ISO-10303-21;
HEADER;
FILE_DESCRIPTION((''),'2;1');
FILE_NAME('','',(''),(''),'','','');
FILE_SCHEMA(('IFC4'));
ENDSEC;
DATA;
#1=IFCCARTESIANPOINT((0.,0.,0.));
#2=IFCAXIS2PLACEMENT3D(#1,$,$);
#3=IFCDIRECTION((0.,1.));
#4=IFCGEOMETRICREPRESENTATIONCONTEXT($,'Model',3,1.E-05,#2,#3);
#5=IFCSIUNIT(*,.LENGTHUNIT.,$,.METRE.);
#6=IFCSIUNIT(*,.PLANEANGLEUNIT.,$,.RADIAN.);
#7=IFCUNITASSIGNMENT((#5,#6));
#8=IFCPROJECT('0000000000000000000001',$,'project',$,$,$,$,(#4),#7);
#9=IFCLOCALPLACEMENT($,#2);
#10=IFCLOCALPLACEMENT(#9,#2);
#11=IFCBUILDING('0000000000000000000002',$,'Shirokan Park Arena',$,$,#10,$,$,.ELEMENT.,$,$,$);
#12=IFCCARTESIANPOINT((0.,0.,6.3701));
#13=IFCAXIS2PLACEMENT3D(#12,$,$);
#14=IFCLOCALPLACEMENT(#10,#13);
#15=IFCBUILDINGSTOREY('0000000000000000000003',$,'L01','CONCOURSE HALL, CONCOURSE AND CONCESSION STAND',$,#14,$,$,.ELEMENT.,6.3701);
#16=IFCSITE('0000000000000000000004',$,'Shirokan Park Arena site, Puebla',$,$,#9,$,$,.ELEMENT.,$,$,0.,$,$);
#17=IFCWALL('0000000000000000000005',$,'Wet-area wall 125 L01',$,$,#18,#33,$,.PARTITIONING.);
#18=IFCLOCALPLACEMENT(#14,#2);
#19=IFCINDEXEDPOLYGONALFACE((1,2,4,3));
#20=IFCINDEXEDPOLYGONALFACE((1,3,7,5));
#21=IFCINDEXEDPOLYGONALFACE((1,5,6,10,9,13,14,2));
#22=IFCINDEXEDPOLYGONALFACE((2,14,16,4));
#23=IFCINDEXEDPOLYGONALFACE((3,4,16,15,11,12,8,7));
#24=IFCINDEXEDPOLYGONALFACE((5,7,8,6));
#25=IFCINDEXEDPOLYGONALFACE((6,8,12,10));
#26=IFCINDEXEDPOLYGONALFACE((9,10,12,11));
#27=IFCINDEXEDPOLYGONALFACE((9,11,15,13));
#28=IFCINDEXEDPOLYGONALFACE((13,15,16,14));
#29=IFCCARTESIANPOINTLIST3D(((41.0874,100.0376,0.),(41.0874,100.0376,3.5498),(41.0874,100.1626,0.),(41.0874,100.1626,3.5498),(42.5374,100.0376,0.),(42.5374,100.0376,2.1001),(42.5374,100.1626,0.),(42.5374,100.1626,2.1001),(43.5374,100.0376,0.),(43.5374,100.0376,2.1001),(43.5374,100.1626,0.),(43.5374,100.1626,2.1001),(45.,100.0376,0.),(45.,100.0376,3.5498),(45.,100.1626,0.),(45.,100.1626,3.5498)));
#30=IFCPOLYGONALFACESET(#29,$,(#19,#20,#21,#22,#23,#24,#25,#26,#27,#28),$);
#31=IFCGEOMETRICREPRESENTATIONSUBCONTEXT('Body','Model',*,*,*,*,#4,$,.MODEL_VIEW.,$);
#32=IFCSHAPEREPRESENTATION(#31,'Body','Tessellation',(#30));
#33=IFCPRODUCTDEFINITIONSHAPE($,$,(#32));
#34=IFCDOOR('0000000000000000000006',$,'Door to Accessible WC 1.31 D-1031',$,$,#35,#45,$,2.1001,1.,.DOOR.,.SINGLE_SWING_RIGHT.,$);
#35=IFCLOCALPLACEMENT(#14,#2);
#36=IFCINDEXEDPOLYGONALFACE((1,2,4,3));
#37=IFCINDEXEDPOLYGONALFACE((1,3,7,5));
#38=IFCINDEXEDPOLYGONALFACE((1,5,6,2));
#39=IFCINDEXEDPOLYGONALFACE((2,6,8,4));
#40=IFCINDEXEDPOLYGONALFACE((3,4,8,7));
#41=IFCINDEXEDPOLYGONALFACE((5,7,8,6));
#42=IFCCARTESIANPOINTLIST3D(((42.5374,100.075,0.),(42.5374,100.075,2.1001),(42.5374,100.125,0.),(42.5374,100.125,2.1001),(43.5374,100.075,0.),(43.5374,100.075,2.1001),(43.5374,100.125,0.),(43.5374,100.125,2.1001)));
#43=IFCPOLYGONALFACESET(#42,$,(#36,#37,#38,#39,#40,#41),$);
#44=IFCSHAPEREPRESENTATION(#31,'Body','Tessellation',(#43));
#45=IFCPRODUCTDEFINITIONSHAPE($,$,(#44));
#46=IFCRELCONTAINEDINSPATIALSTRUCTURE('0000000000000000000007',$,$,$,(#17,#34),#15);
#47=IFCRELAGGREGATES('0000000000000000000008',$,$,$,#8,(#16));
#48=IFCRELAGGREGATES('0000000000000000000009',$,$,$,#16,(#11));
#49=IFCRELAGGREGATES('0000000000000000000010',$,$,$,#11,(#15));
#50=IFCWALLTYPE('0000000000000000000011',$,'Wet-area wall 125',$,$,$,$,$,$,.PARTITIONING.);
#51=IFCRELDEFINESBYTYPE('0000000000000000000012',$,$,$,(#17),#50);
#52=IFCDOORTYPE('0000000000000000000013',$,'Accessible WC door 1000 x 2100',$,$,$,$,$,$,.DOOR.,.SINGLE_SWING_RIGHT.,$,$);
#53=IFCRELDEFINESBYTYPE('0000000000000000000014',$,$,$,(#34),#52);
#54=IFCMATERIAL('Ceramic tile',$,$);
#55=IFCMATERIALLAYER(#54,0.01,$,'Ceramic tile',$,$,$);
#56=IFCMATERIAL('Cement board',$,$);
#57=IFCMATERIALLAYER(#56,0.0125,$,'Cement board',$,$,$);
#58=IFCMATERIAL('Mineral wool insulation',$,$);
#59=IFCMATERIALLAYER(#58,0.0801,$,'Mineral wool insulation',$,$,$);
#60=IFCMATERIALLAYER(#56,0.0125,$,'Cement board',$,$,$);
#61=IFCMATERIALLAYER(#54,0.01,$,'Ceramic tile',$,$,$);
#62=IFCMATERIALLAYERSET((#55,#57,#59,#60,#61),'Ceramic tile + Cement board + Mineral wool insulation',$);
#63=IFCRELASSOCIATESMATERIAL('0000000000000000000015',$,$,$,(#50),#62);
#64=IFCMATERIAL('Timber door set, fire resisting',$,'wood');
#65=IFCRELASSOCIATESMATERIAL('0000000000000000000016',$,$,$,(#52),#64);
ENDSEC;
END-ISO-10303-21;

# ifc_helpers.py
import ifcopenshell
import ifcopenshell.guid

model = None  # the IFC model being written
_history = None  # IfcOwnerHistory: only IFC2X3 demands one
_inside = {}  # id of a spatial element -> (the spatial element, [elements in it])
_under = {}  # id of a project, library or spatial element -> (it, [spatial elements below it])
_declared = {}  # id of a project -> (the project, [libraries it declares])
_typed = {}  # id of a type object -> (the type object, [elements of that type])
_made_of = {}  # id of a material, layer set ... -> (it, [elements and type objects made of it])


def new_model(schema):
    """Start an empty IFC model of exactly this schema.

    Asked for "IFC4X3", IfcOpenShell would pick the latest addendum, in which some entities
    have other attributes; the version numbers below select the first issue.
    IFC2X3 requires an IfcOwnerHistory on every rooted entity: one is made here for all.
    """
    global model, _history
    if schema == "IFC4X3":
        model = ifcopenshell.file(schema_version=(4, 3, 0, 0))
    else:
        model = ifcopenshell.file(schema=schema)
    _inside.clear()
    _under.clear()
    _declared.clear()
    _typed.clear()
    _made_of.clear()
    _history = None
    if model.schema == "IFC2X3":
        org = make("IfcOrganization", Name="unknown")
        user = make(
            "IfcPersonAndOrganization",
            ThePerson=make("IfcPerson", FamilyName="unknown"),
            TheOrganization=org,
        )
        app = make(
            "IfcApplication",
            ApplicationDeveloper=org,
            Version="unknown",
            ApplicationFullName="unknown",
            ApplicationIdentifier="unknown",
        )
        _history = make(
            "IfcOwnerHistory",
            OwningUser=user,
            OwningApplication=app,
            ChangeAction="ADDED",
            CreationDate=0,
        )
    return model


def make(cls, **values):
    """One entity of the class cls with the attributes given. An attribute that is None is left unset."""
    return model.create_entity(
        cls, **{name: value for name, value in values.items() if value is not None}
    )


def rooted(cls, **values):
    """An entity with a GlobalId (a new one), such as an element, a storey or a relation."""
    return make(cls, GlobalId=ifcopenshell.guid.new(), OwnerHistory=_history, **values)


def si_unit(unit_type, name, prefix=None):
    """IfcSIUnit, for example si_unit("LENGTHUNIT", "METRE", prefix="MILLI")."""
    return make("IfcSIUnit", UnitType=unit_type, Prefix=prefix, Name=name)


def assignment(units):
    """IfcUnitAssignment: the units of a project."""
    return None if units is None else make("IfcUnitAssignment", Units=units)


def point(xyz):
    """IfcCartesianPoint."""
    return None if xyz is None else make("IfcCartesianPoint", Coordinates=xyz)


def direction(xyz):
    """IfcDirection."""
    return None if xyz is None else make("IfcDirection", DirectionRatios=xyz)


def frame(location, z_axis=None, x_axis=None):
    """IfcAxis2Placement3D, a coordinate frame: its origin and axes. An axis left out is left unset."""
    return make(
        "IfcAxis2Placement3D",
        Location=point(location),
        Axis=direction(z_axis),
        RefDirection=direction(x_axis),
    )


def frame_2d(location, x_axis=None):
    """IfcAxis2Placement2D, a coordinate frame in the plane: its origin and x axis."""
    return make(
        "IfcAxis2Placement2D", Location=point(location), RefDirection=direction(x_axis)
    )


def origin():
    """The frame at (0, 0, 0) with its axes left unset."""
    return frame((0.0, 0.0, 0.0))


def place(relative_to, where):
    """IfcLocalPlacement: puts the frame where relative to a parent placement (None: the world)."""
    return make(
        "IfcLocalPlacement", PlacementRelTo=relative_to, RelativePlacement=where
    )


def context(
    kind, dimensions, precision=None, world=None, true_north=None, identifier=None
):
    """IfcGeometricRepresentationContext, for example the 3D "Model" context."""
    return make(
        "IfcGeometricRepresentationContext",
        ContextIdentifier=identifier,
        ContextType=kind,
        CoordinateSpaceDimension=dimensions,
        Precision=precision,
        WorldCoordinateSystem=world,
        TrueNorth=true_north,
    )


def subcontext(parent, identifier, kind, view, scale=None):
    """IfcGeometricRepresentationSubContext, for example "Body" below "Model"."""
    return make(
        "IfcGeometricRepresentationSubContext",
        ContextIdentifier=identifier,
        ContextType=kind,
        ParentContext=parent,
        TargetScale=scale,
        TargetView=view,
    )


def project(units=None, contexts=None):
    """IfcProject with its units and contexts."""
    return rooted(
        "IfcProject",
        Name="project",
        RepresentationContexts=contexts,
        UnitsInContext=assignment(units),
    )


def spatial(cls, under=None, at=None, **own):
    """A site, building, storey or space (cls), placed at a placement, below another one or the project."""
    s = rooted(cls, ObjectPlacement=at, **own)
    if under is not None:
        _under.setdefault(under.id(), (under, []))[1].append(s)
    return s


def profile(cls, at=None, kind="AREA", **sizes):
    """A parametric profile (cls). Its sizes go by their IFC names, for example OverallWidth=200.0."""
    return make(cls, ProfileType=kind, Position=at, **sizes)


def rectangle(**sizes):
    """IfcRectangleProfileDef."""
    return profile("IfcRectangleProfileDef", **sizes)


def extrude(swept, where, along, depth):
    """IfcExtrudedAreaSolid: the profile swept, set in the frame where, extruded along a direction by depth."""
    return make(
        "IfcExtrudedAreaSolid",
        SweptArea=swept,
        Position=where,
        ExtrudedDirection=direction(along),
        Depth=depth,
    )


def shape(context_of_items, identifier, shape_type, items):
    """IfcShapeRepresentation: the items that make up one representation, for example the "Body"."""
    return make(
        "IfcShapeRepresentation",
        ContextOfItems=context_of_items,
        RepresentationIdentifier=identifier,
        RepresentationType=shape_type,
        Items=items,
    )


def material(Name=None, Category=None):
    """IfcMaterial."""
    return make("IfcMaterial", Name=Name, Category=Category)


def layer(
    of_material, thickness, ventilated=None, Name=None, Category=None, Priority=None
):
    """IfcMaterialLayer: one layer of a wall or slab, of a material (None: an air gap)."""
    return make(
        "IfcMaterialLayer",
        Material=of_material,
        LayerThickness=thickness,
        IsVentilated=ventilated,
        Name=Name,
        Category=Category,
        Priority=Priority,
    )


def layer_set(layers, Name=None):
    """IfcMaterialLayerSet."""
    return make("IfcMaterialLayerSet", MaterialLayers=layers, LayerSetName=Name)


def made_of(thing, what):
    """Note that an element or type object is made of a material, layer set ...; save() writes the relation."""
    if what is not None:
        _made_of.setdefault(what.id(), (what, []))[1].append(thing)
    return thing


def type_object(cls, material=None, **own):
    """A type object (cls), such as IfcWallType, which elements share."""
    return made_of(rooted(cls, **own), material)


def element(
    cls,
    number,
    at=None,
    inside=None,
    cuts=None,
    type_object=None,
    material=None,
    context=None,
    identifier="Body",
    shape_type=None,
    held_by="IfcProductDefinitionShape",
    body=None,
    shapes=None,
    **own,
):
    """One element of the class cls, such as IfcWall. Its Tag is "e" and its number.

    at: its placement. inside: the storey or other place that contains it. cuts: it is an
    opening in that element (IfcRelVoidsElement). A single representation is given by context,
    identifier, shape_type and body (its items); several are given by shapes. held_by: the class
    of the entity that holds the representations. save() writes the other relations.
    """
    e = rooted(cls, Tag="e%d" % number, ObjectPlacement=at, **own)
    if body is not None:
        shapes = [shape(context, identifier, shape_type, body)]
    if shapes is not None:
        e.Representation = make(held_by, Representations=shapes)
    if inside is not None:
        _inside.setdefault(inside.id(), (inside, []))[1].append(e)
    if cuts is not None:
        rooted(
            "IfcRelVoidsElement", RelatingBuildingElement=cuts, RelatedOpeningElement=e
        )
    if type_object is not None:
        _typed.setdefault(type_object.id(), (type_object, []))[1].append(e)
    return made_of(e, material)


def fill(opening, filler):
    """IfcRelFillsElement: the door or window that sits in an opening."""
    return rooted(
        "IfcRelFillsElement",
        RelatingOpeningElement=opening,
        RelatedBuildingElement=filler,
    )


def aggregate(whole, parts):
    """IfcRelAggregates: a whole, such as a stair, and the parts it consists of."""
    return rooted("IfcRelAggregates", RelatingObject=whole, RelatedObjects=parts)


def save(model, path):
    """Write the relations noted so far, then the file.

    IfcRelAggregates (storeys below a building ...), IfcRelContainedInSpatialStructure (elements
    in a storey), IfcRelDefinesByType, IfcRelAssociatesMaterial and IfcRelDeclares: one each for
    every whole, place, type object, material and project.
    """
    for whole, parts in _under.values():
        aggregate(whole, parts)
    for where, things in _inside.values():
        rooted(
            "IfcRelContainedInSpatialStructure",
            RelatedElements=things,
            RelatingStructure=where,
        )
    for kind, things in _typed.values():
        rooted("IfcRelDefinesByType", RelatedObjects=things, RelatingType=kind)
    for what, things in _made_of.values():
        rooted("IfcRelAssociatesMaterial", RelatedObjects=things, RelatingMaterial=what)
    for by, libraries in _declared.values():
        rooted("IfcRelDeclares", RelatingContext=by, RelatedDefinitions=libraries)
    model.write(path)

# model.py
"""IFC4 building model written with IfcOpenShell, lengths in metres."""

from ifc_helpers import new_model, si_unit, direction, frame, frame_2d, origin, place, context, subcontext, project, spatial, rectangle, extrude, material, layer, layer_set, type_object, element, fill, save


model = new_model("IFC4")

# Units and contexts
model_context = context("Model", 3, precision=1e-05, world=origin(), true_north=direction((0.0, 1.0)))
body_context = subcontext(model_context, "Body", "Model", "MODEL_VIEW")
ifc_project = project(units=[si_unit("LENGTHUNIT", "METRE"), si_unit("PLANEANGLEUNIT", "RADIAN")], contexts=[model_context])

# Site, building, storey
site_placement = place(None, origin())
site = spatial("IfcSite", under=ifc_project, at=site_placement, Name="Shirokan Park Arena site, Puebla", CompositionType="ELEMENT", RefElevation=0.0)
building_placement = place(site_placement, origin())
building = spatial("IfcBuilding", under=site, at=building_placement, Name="Shirokan Park Arena", CompositionType="ELEMENT")
storey_placement = place(building_placement, frame((0.0, 0.0, 6.3701)))
storey = spatial("IfcBuildingStorey", under=building, at=storey_placement, Name="L01", Description="CONCOURSE HALL, CONCOURSE AND CONCESSION STAND", CompositionType="ELEMENT", Elevation=6.3701)

# Shared definitions
ifc_material_1 = material(Name="Mineral wool insulation")

# Shared definitions
ifc_material_2 = material(Name="Timber door set, fire resisting", Category="wood")

# Wall, opening, door
ifc_material_3 = material(Name="Ceramic tile")
ifc_layer_1 = layer(ifc_material_3, 0.01, Name="Ceramic tile")
ifc_material_4 = material(Name="Cement board")
ifc_layer_2 = layer(ifc_material_4, 0.0125, Name="Cement board")
ifc_layer_3 = layer(ifc_material_1, 0.0801, Name="Mineral wool insulation")
ifc_layer_4 = layer(ifc_material_4, 0.0125, Name="Cement board")
ifc_layer_5 = layer(ifc_material_3, 0.01, Name="Ceramic tile")
ifc_layer_set_1 = layer_set([ifc_layer_1, ifc_layer_2, ifc_layer_3, ifc_layer_4, ifc_layer_5], Name="Ceramic tile + Cement board + Mineral wool insulation")
wall_type_1 = type_object("IfcWallType", Name="Wet-area wall 125", PredefinedType="PARTITIONING", material=ifc_layer_set_1)
wall_1_placement = place(storey_placement, frame((41.0874, 100.1001, 0.0), z_axis=(0.0, 0.0, 1.0), x_axis=(1.0, 0.0, 0.0)))
wall_1 = element("IfcWall", 1, at=wall_1_placement, inside=storey, type_object=wall_type_1, Name="Wet-area wall 125 L01", PredefinedType="PARTITIONING", context=body_context, shape_type="SweptSolid", body=[
    extrude(rectangle(XDim=3.9126, YDim=0.125, at=frame_2d((1.9563, 0.0))), origin(), (0.0, 0.0, 1.0), 3.5498),
])
opening_1_placement = place(wall_1_placement, frame((1.45, 0.0, 0.0)))
opening_1 = element("IfcOpeningElement", 2, at=opening_1_placement, cuts=wall_1, PredefinedType="OPENING", context=body_context, shape_type="SweptSolid", body=[
    extrude(rectangle(XDim=1.0, YDim=2.1001, at=frame_2d((0.5, 1.05))), frame((0.0, 0.0725, 0.0), z_axis=(0.0, -1.0, 0.0), x_axis=(1.0, 0.0, 0.0)), (0.0, 0.0, 1.0), 0.145),
])
door_type_1 = type_object("IfcDoorType", Name="Accessible WC door 1000 x 2100", OperationType="SINGLE_SWING_RIGHT", PredefinedType="DOOR", material=ifc_material_2)
door_1_placement = place(opening_1_placement, origin())
door_1 = element("IfcDoor", 3, at=door_1_placement, inside=storey, type_object=door_type_1, Name="Door to Accessible WC 1.31 D-1031", OperationType="SINGLE_SWING_RIGHT", OverallHeight=2.1001, OverallWidth=1.0, PredefinedType="DOOR", context=body_context, shape_type="SweptSolid", body=[
    extrude(rectangle(XDim=1.0, YDim=2.1001, at=frame_2d((0.5, 1.05))), frame((0.0, 0.0249, 0.0), z_axis=(0.0, -1.0, 0.0), x_axis=(1.0, 0.0, 0.0)), (0.0, 0.0, 1.0), 0.05),
])
fill(opening_1, door_1)

save(model, "model.ifc")
